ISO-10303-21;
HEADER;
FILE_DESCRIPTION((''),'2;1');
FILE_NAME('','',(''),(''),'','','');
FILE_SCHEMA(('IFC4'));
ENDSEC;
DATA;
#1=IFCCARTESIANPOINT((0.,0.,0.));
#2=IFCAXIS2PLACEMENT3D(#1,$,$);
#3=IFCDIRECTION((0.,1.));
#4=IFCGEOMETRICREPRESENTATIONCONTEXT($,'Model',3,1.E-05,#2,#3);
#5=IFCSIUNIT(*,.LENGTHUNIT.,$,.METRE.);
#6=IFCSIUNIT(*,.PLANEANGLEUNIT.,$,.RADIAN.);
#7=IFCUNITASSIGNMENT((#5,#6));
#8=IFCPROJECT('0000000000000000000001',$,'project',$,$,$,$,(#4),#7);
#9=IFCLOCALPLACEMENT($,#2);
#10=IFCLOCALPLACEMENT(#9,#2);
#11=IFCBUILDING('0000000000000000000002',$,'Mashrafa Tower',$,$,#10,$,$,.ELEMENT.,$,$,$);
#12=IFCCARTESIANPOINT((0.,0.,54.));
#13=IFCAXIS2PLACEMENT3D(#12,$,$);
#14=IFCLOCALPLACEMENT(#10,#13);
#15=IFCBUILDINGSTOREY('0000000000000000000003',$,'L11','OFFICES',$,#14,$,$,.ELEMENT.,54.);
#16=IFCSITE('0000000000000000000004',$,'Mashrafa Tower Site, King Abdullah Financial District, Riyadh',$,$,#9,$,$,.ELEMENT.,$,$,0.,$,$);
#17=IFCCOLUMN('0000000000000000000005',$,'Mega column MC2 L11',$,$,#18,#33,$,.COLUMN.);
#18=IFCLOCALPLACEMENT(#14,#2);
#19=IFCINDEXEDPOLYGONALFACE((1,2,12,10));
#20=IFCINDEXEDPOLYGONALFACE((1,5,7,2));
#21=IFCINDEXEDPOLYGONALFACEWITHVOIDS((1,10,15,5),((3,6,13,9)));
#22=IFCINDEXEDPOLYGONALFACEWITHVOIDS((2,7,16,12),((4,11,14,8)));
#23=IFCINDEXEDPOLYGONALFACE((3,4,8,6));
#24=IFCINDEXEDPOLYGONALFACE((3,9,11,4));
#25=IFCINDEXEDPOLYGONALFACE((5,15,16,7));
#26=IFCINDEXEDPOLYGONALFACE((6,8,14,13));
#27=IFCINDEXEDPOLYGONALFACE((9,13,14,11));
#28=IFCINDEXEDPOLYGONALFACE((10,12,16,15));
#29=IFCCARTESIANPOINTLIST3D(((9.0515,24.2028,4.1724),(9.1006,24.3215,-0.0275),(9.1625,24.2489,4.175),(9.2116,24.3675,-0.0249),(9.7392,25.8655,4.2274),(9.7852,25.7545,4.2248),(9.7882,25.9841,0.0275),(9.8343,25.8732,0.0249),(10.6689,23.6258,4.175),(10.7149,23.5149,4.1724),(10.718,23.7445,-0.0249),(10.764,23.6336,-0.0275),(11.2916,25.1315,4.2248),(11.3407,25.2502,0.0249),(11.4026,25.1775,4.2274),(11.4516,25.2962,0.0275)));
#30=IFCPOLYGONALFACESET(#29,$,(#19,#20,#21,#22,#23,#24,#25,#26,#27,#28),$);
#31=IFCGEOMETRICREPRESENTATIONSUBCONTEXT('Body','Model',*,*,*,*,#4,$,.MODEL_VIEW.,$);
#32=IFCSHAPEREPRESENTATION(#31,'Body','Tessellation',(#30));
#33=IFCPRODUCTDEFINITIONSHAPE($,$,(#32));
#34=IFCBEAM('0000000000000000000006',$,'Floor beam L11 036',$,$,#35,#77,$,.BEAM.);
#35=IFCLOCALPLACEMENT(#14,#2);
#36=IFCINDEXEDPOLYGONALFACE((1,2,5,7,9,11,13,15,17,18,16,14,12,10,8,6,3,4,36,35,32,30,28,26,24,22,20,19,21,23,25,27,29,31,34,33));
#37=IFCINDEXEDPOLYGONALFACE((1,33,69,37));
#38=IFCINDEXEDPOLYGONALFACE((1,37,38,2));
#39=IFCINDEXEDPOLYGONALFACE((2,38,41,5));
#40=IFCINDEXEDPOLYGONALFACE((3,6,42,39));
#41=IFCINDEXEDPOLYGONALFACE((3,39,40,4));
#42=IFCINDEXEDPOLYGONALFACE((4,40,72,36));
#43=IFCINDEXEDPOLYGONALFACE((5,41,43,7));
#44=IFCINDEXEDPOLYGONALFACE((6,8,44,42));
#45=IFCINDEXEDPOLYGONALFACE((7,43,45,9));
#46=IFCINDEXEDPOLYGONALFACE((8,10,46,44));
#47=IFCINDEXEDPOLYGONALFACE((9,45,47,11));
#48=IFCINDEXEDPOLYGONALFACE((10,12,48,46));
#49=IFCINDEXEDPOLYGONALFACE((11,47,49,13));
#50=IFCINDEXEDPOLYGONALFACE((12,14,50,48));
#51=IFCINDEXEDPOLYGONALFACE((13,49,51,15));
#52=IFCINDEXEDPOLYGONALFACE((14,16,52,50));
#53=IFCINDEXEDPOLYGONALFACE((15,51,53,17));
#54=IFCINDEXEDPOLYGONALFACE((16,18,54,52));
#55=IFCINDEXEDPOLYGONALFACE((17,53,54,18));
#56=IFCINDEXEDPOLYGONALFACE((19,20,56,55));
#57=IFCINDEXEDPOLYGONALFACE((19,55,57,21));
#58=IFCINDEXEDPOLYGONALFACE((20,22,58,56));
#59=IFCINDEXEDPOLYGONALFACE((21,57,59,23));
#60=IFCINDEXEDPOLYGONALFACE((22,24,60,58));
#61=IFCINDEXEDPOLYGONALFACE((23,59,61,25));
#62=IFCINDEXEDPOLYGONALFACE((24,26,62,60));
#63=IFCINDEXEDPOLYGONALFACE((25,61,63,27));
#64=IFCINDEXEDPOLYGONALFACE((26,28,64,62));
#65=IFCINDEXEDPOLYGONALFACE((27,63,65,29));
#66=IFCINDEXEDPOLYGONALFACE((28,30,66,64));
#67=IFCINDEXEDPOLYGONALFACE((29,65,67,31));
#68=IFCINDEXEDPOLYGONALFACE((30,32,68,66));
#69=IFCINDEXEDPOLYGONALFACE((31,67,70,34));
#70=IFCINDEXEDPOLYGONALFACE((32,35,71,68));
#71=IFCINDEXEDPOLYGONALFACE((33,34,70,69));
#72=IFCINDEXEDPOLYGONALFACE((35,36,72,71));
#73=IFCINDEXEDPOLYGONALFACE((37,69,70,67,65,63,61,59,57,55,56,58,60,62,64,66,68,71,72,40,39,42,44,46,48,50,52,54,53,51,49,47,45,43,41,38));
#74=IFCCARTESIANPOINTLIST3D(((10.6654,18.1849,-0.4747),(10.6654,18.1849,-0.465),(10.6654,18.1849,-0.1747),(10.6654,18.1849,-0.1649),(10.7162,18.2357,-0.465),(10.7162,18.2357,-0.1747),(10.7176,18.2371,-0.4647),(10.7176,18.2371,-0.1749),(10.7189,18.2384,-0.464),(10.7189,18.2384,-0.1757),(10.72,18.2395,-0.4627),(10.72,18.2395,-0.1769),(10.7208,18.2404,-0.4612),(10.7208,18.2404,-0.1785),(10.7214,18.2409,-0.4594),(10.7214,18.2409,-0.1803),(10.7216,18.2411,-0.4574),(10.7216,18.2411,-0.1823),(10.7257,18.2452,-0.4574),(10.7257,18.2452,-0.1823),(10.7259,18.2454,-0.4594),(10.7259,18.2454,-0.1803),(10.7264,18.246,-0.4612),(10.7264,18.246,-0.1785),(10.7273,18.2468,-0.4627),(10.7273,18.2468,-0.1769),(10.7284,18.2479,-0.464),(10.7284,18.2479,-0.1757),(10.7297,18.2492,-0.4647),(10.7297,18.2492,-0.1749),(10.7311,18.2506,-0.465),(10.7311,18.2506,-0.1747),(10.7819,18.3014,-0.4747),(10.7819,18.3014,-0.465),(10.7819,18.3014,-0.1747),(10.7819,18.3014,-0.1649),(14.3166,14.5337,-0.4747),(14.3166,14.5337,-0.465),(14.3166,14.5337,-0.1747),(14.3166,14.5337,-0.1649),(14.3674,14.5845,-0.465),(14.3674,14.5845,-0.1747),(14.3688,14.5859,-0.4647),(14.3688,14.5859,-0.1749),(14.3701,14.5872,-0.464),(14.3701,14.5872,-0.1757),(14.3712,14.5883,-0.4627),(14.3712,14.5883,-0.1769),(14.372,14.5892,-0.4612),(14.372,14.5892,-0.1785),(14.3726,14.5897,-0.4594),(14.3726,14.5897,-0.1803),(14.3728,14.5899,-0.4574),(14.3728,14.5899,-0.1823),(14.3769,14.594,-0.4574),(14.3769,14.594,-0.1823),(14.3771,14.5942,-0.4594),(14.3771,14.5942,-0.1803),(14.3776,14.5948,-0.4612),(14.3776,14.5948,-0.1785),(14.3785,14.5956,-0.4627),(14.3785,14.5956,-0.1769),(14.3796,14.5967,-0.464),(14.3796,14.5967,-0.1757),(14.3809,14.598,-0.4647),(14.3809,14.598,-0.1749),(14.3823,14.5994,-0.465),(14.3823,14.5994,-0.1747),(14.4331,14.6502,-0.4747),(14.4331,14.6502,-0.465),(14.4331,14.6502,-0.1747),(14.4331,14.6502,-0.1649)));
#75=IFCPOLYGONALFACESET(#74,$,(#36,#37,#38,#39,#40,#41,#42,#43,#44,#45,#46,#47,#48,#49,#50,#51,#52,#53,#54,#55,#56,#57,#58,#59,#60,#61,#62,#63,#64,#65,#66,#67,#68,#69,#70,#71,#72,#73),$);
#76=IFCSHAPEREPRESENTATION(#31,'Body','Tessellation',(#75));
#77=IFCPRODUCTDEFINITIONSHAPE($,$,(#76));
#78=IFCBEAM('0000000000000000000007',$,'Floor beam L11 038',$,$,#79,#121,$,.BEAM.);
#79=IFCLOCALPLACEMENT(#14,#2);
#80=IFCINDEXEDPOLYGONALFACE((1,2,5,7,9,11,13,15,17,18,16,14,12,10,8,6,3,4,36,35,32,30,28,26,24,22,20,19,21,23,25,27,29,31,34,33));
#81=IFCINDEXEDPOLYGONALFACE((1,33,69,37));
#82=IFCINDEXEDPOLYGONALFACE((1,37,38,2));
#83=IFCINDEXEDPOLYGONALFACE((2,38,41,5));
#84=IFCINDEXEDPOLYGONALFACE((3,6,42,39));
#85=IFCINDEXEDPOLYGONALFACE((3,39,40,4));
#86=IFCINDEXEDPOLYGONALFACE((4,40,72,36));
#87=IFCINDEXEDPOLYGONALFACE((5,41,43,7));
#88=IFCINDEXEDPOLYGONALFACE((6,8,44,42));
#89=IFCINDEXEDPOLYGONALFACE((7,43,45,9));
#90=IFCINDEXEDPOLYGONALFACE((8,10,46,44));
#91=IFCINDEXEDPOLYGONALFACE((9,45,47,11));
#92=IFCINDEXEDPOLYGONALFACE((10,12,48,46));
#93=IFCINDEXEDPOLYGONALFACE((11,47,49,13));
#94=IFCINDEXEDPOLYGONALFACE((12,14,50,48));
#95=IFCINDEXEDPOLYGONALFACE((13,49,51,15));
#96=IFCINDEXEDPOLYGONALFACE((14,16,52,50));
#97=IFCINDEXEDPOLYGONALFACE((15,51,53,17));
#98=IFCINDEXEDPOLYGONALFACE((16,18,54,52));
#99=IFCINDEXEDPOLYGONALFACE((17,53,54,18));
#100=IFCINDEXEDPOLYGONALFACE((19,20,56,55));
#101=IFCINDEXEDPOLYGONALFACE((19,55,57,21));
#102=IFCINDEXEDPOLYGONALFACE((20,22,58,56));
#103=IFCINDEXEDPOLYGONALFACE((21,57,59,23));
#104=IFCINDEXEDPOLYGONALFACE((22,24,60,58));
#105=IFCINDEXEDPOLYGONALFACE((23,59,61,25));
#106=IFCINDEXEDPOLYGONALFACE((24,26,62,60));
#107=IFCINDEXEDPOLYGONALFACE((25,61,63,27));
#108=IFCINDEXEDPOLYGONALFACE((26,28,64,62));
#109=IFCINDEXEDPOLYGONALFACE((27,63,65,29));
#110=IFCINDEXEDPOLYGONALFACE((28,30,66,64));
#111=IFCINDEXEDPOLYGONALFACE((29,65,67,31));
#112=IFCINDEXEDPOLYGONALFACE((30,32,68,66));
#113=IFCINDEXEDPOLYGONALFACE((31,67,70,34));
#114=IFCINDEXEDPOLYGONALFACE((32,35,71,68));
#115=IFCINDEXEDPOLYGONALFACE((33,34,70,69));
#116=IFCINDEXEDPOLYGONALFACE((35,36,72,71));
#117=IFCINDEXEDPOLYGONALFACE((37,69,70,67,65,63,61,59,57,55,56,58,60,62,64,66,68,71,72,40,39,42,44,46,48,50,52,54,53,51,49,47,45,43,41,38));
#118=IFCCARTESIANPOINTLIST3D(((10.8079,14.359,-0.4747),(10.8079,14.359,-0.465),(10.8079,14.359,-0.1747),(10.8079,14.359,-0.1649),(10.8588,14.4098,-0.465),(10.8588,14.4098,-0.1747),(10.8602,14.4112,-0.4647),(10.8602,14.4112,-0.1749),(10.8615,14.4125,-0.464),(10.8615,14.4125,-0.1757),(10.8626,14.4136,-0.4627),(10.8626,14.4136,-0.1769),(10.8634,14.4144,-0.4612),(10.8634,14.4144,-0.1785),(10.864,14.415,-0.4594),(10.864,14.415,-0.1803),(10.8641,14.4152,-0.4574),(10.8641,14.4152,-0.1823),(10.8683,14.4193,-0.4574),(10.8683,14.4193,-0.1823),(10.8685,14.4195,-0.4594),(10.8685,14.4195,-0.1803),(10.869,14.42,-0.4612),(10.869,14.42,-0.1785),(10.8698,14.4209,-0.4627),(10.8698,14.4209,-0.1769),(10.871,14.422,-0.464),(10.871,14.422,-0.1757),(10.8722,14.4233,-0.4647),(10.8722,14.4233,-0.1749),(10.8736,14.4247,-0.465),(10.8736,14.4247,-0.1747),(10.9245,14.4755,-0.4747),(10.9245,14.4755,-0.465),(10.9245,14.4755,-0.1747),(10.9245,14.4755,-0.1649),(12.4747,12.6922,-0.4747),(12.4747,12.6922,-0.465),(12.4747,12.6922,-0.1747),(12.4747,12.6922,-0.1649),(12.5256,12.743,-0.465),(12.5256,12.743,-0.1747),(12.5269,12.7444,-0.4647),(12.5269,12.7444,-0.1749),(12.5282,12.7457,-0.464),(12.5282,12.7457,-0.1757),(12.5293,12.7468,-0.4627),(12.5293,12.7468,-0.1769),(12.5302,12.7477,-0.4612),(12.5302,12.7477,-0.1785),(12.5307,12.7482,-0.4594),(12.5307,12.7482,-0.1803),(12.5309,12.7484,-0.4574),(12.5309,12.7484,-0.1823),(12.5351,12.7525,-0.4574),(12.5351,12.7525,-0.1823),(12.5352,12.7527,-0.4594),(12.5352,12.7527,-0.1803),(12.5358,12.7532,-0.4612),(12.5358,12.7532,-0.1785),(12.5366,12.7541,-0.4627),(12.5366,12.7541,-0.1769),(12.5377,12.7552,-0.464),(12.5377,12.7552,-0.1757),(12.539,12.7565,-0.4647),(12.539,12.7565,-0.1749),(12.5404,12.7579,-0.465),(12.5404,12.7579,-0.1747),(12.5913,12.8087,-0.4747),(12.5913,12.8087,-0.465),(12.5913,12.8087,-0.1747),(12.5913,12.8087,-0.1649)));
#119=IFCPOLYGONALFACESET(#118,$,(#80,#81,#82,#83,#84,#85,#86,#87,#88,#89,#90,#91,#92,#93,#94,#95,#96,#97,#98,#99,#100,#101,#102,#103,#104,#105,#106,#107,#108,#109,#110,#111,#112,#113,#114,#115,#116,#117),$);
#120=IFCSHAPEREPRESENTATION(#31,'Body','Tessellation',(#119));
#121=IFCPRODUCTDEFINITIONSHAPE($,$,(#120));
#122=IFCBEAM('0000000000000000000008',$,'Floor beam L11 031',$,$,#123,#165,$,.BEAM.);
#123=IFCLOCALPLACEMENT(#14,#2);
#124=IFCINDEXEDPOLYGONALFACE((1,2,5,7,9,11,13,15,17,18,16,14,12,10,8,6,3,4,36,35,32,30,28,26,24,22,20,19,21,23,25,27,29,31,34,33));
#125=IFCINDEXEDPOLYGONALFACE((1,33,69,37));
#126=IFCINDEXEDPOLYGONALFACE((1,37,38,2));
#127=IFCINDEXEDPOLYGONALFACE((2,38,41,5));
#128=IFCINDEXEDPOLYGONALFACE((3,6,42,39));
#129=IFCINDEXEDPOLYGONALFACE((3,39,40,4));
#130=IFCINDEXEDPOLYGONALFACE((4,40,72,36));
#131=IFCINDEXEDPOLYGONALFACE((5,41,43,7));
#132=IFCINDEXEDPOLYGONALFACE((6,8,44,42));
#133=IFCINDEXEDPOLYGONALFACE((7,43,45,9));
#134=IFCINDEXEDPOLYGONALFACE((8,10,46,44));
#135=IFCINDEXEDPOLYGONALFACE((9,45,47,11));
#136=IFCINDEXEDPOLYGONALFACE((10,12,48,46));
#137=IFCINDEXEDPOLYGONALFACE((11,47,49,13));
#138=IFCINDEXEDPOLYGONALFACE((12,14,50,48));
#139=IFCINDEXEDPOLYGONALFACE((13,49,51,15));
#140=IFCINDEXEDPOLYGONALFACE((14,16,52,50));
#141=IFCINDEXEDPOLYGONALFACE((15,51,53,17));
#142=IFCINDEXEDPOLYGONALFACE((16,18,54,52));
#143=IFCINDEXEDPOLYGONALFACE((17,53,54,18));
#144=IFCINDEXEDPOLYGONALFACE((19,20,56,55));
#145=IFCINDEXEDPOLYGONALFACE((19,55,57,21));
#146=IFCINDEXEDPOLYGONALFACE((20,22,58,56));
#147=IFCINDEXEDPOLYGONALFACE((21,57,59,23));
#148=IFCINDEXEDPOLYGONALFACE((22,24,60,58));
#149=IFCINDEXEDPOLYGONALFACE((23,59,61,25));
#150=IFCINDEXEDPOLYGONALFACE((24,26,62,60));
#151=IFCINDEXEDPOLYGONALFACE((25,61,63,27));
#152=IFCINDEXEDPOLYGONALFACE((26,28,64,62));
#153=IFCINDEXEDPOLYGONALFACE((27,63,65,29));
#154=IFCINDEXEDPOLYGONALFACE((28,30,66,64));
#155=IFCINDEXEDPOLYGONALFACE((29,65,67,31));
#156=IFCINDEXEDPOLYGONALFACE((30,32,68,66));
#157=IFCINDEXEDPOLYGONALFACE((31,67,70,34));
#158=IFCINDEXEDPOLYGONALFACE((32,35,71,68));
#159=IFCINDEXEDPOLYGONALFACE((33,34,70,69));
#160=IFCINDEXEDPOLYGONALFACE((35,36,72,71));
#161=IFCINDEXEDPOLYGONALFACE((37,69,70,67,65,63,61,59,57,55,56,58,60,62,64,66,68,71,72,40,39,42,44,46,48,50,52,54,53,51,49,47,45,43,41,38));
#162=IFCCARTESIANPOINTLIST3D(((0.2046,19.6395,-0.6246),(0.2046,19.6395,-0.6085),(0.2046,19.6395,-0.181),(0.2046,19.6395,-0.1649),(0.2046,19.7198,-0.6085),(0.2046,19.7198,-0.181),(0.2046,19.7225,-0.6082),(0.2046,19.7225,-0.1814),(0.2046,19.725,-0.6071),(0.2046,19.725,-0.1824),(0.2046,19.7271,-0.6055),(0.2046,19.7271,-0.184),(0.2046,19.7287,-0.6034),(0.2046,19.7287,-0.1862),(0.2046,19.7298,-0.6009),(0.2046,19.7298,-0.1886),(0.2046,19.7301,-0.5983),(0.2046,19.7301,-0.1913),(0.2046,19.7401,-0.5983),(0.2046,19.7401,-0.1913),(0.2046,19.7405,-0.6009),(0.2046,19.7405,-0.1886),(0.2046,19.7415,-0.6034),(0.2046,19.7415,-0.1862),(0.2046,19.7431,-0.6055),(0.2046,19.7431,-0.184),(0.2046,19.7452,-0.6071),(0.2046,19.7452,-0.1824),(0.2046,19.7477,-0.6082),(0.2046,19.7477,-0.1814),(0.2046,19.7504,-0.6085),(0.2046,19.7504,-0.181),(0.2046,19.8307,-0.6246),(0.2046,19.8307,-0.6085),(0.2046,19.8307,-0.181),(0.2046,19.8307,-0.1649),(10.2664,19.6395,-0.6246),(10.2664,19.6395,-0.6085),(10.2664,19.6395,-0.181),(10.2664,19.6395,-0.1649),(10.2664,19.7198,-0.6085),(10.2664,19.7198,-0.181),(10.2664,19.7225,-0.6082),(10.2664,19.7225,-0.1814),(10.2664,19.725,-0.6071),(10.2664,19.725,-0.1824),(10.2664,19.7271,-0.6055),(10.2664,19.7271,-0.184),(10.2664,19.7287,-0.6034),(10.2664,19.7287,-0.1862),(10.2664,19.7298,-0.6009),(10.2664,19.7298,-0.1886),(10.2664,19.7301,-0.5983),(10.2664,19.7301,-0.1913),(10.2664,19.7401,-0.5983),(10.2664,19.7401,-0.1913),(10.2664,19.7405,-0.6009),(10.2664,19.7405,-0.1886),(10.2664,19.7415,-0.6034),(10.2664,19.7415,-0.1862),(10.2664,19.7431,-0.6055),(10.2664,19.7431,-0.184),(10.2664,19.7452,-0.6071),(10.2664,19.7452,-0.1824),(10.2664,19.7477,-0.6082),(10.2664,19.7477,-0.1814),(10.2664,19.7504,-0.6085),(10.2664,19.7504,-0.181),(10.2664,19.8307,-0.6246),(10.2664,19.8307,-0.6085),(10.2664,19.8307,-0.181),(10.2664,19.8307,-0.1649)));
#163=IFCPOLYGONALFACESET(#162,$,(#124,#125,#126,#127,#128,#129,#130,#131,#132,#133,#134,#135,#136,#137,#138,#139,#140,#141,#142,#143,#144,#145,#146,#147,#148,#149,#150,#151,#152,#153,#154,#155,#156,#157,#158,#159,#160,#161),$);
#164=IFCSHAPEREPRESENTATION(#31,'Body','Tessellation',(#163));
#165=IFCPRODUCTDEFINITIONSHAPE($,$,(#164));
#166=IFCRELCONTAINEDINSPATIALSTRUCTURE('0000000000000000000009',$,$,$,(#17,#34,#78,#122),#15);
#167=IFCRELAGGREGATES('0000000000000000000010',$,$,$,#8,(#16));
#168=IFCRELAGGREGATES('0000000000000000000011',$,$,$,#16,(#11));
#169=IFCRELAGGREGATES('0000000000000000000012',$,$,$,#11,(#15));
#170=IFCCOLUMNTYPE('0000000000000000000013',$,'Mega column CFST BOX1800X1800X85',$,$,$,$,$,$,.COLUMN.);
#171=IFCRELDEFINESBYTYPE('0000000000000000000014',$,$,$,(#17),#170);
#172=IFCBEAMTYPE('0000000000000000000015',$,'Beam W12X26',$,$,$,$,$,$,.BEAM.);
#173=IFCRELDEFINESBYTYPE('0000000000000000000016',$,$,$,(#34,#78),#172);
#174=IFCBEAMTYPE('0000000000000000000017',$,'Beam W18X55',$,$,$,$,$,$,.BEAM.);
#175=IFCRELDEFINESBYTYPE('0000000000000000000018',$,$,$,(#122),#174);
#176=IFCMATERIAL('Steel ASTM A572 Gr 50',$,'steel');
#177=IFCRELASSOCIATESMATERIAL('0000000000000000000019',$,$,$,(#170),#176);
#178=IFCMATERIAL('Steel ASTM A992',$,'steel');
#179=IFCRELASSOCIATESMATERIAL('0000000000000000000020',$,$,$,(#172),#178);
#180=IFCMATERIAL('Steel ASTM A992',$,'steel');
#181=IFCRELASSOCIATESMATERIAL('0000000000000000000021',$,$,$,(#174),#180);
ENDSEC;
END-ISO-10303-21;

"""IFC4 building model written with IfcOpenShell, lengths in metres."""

from ifc_helpers import new_model, si_unit, direction, frame, origin, origin_2d, place, context, subcontext, project, spatial, hollow_rectangle, i_section, extrude, material, material_profile, profile_set, type_object, element, save


model = new_model("IFC4")

# Units and contexts
model_context = context("Model", 3, precision=1e-05, world=origin(), true_north=direction((0.0, 1.0)))
body_context = subcontext(model_context, "Body", "Model", "MODEL_VIEW")
ifc_project = project(units=[si_unit("LENGTHUNIT", "METRE"), si_unit("PLANEANGLEUNIT", "RADIAN")], contexts=[model_context])

# Site, building, storey
site_placement = place(None, origin())
site = spatial("IfcSite", under=ifc_project, at=site_placement, Name="Mashrafa Tower Site, King Abdullah Financial District, Riyadh", CompositionType="ELEMENT", RefElevation=0.0)
building_placement = place(site_placement, origin())
building = spatial("IfcBuilding", under=site, at=building_placement, Name="Mashrafa Tower", CompositionType="ELEMENT")
storey_placement = place(building_placement, frame((0.0, 0.0, 54.0)))
storey = spatial("IfcBuildingStorey", under=building, at=storey_placement, Name="L11", Description="OFFICES", CompositionType="ELEMENT", Elevation=54.0)

# Column
ifc_material_1 = material(Name="Steel ASTM A572 Gr 50", Category="steel")
ifc_material_profile_1 = material_profile(ifc_material_1, hollow_rectangle(XDim=1.8, YDim=1.8, WallThickness=0.085, at=origin_2d()), Name="BOX1800X1800X85")
ifc_profile_set_1 = profile_set([ifc_material_profile_1], Name="Steel ASTM A572 Gr 50")
column_type = type_object("IfcColumnType", Name="Mega column CFST BOX1800X1800X85", PredefinedType="COLUMN", material=ifc_profile_set_1)
column_placement = place(storey_placement, frame((10.2761, 24.8088, 0.0), z_axis=(-0.011679, -0.028238, 0.999533), x_axis=(0.924086, -0.382184, 0.0)))
element("IfcColumn", 1, at=column_placement, inside=storey, type_object=column_type, Name="Mega column MC2 L11", PredefinedType="COLUMN", context=body_context, shape_type="SweptSolid", body=[
    extrude(hollow_rectangle(XDim=1.8, YDim=1.8, WallThickness=0.085, at=origin_2d()), origin(), (0.0, 0.0, 1.0), 4.2019),
])

# Beams
ifc_material_2 = material(Name="Steel ASTM A992", Category="steel")
ifc_material_profile_2 = material_profile(ifc_material_2, i_section(OverallWidth=0.1648, OverallDepth=0.3098, WebThickness=0.0059, FlangeThickness=0.0098, FilletRadius=0.0076, at=origin_2d()), Name="W12X26")
ifc_profile_set_2 = profile_set([ifc_material_profile_2], Name="Steel ASTM A992")
beam_type_1 = type_object("IfcBeamType", Name="Beam W12X26", PredefinedType="BEAM", material=ifc_profile_set_2)
beam_1_placement = place(storey_placement, frame((10.7236, 18.2432, -0.3198), z_axis=(0.707107, -0.707107, 0.0), x_axis=(0.707107, 0.707107, 0.0)))
element("IfcBeam", 2, at=beam_1_placement, inside=storey, type_object=beam_type_1, Name="Floor beam L11 036", PredefinedType="BEAM", context=body_context, shape_type="SweptSolid", body=[
    extrude(i_section(OverallWidth=0.1648, OverallDepth=0.3098, WebThickness=0.0059, FlangeThickness=0.0098, FilletRadius=0.0076, at=origin_2d()), origin(), (0.0, 0.0, 1.0), 5.1636),
])
beam_2_placement = place(storey_placement, frame((10.8662, 14.4172, -0.3198), z_axis=(0.707107, -0.707107, 0.0), x_axis=(0.707107, 0.707107, 0.0)))
element("IfcBeam", 3, at=beam_2_placement, inside=storey, type_object=beam_type_1, Name="Floor beam L11 038", PredefinedType="BEAM", context=body_context, shape_type="SweptSolid", body=[
    extrude(i_section(OverallWidth=0.1648, OverallDepth=0.3098, WebThickness=0.0059, FlangeThickness=0.0098, FilletRadius=0.0076, at=origin_2d()), origin(), (0.0, 0.0, 1.0), 2.3572),
])
ifc_material_3 = material(Name="Steel ASTM A992", Category="steel")
ifc_material_profile_3 = material_profile(ifc_material_3, i_section(OverallWidth=0.1912, OverallDepth=0.4597, WebThickness=0.01, FlangeThickness=0.0161, FilletRadius=0.0103, at=origin_2d()), Name="W18X55")
ifc_profile_set_3 = profile_set([ifc_material_profile_3], Name="Steel ASTM A992")
beam_type_2 = type_object("IfcBeamType", Name="Beam W18X55", PredefinedType="BEAM", material=ifc_profile_set_3)
beam_3_placement = place(storey_placement, frame((0.2046, 19.7351, -0.3948), z_axis=(1.0, 0.0, 0.0), x_axis=(0.0, 1.0, 0.0)))
element("IfcBeam", 4, at=beam_3_placement, inside=storey, type_object=beam_type_2, Name="Floor beam L11 031", PredefinedType="BEAM", context=body_context, shape_type="SweptSolid", body=[
    extrude(i_section(OverallWidth=0.1912, OverallDepth=0.4597, WebThickness=0.01, FlangeThickness=0.0161, FilletRadius=0.0103, at=origin_2d()), origin(), (0.0, 0.0, 1.0), 10.0618),
])

save(model, "model.ifc")
